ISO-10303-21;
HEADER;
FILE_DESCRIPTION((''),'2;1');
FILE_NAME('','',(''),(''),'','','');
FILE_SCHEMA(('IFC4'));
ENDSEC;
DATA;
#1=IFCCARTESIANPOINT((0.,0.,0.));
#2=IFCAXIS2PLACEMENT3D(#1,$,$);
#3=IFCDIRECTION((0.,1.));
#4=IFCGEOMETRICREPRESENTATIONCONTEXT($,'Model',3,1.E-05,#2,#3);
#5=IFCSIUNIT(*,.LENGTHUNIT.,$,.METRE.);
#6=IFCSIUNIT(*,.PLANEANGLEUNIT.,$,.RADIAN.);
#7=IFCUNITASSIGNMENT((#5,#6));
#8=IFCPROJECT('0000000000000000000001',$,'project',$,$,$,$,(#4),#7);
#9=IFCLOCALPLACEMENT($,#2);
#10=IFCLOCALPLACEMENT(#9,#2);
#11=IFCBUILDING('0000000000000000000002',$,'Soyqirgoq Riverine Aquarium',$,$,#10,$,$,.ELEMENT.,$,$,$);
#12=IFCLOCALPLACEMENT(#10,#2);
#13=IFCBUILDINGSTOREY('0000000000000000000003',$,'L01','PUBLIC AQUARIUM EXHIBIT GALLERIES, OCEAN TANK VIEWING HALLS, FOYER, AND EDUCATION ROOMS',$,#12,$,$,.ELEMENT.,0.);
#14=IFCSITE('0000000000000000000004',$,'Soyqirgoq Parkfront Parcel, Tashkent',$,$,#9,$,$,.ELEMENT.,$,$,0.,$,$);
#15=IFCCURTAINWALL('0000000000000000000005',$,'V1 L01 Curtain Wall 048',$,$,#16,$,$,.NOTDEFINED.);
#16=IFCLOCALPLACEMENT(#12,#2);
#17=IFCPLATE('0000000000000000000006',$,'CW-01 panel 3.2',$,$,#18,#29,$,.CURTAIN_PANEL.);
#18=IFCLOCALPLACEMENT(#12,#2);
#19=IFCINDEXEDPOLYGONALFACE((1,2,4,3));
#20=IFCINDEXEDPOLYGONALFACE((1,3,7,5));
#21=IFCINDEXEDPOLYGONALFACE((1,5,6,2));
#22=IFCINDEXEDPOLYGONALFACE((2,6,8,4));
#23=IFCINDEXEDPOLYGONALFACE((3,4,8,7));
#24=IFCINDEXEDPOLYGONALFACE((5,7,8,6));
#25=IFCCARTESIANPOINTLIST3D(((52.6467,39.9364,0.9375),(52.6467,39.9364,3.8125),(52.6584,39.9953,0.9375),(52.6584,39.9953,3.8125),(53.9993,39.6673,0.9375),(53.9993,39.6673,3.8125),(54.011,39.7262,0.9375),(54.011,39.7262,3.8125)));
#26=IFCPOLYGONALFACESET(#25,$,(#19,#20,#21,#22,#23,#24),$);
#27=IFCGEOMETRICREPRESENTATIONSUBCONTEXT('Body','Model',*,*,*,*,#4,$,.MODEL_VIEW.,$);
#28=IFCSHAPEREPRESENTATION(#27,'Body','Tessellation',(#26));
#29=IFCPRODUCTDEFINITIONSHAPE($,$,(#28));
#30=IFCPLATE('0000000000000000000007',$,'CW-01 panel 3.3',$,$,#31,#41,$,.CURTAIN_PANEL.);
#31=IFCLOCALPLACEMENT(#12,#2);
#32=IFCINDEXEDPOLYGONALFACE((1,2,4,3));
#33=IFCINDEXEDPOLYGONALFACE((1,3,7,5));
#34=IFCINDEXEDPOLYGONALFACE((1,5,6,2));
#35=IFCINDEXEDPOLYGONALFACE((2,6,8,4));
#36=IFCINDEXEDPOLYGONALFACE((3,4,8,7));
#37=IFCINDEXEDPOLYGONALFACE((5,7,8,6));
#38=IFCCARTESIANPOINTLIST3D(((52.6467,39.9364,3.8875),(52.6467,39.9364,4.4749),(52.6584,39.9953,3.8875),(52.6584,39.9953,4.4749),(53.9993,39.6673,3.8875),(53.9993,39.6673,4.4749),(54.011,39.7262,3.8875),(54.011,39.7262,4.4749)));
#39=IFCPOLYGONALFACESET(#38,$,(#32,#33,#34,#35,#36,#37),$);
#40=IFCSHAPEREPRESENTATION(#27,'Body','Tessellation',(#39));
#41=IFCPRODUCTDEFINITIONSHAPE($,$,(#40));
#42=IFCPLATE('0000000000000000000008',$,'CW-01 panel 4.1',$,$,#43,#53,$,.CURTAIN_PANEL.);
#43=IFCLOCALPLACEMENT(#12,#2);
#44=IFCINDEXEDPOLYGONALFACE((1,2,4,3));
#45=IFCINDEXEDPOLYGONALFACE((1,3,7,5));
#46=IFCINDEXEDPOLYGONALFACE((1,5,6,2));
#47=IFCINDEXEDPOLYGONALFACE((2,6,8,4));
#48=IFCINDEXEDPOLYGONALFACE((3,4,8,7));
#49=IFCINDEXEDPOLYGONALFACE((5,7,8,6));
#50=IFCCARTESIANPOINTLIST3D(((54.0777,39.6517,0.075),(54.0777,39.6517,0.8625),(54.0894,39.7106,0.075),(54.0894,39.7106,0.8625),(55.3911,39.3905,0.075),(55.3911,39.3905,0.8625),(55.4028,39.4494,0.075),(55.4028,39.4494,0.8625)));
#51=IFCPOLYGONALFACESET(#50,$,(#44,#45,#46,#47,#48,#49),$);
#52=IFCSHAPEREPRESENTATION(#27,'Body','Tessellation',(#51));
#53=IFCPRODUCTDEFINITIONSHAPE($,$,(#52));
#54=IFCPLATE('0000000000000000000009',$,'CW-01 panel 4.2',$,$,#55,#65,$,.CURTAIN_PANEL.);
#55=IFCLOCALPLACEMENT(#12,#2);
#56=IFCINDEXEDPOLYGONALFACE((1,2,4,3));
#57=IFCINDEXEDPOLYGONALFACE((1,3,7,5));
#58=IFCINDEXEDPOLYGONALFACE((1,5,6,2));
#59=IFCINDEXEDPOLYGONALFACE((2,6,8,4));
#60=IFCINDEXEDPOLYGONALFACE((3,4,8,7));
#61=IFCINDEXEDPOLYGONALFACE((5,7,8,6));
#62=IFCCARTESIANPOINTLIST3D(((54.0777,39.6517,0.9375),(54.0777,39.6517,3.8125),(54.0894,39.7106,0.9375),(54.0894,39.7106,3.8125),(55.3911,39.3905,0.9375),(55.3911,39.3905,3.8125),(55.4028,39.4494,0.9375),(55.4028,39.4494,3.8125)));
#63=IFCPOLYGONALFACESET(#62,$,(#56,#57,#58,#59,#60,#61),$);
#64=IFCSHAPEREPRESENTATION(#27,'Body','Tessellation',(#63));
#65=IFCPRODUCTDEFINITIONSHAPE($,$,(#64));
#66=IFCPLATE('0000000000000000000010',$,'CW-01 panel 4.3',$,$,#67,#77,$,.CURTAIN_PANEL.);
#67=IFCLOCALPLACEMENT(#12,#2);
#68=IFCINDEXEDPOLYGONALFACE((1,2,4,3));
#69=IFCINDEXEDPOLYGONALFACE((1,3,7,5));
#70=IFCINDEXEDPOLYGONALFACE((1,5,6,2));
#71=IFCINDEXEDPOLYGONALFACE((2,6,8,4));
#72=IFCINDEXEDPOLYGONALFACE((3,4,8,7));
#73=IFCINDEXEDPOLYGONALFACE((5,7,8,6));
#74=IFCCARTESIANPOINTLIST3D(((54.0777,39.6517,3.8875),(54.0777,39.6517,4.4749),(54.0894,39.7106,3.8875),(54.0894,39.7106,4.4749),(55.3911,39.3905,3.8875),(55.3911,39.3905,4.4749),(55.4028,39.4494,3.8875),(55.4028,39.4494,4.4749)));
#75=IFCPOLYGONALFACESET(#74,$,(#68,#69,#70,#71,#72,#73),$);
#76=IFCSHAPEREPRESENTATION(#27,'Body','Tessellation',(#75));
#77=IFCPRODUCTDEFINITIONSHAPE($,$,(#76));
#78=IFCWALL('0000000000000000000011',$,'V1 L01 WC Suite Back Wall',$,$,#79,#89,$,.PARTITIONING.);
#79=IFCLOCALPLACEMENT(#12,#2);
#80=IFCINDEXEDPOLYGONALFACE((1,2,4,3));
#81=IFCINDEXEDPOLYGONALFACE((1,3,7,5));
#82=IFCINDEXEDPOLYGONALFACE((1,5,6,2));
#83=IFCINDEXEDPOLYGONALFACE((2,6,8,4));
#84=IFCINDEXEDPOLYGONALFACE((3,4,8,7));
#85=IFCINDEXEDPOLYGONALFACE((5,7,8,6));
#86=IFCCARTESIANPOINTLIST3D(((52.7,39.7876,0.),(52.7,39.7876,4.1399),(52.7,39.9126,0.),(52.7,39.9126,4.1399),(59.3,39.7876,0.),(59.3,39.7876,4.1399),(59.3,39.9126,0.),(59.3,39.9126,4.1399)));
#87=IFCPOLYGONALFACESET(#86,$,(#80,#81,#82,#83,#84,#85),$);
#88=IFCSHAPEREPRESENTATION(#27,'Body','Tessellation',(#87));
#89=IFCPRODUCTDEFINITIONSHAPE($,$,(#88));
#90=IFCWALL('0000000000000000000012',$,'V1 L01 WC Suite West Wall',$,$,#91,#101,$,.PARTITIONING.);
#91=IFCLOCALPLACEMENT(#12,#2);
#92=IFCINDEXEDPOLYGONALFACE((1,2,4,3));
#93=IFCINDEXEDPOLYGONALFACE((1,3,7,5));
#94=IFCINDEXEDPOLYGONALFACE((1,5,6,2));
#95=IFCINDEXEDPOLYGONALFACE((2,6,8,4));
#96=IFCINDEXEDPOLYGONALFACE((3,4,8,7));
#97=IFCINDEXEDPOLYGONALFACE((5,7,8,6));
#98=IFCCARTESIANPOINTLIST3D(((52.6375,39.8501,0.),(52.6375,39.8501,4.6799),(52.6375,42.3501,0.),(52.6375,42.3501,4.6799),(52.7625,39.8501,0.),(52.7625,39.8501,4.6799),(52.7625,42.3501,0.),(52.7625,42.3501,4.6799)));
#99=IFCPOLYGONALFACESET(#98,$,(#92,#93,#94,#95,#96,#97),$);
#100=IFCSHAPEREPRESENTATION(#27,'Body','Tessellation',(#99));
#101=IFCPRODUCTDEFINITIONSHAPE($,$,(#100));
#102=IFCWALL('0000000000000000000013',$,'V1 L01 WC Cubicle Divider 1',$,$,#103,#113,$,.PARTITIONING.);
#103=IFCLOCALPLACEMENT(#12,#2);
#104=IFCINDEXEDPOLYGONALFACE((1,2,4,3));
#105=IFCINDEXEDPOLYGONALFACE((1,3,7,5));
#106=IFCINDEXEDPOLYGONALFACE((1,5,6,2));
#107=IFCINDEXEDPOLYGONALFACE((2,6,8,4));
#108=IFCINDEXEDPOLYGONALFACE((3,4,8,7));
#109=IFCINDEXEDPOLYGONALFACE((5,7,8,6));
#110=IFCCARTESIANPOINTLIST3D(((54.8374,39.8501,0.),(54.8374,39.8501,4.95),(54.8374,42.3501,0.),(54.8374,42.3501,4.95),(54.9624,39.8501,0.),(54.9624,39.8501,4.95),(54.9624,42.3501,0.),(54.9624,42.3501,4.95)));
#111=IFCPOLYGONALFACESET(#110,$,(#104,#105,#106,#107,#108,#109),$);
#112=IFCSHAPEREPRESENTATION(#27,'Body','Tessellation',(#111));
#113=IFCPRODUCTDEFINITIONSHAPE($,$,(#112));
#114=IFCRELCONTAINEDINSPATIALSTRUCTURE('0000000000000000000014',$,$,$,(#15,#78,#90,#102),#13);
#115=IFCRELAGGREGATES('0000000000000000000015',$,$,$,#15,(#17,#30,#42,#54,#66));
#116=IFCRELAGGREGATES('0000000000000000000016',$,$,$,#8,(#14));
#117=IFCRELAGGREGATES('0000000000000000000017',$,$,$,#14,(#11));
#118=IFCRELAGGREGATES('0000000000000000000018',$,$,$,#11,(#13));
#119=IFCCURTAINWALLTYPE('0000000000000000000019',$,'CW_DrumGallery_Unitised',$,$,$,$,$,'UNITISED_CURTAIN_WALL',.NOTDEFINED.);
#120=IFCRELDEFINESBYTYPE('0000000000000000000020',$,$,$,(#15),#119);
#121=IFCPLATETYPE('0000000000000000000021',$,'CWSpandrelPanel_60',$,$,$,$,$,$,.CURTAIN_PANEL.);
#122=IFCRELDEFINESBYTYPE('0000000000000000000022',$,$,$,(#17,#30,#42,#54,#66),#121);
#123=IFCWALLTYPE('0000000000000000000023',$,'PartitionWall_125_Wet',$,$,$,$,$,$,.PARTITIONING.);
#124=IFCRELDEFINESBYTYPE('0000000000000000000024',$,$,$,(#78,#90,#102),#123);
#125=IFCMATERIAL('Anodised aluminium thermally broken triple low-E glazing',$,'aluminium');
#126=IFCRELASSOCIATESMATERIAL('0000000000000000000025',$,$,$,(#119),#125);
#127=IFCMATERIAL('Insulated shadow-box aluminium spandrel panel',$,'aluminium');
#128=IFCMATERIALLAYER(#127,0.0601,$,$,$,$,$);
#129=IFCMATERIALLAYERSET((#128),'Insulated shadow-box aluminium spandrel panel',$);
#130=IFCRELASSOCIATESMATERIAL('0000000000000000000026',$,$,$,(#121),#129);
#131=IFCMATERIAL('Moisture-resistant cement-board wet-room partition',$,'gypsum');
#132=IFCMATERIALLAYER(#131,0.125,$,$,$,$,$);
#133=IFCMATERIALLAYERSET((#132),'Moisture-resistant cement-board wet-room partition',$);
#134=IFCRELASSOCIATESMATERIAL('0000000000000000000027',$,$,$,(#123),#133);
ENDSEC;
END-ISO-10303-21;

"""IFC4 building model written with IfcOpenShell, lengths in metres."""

from ifc_helpers import new_model, si_unit, direction, frame, frame_2d, origin, origin_2d, place, context, subcontext, project, spatial, rectangle, extrude, material, layer, layer_set, type_object, element, aggregate, save


model = new_model("IFC4")

# Units and contexts
model_context = context("Model", 3, precision=1e-05, world=origin(), true_north=direction((0.0, 1.0)))
body_context = subcontext(model_context, "Body", "Model", "MODEL_VIEW")
ifc_project = project(units=[si_unit("LENGTHUNIT", "METRE"), si_unit("PLANEANGLEUNIT", "RADIAN")], contexts=[model_context])

# Site, building, storey
site_placement = place(None, origin())
site = spatial("IfcSite", under=ifc_project, at=site_placement, Name="Soyqirgoq Parkfront Parcel, Tashkent", CompositionType="ELEMENT", RefElevation=0.0)
building_placement = place(site_placement, origin())
building = spatial("IfcBuilding", under=site, at=building_placement, Name="Soyqirgoq Riverine Aquarium", CompositionType="ELEMENT")
storey_placement = place(building_placement, origin())
storey = spatial("IfcBuildingStorey", under=building, at=storey_placement, Name="L01", Description="PUBLIC AQUARIUM EXHIBIT GALLERIES, OCEAN TANK VIEWING HALLS, FOYER, AND EDUCATION ROOMS", CompositionType="ELEMENT", Elevation=0.0)

# Curtain wall
ifc_material_1 = material(Name="Anodised aluminium thermally broken triple low-E glazing", Category="aluminium")
curtain_wall_type = type_object("IfcCurtainWallType", Name="CW_DrumGallery_Unitised", ElementType="UNITISED_CURTAIN_WALL", PredefinedType="NOTDEFINED", material=ifc_material_1)
curtain_wall_1_placement = place(storey_placement, origin())
curtain_wall_1 = element("IfcCurtainWall", 1, at=curtain_wall_1_placement, inside=storey, type_object=curtain_wall_type, Name="V1 L01 Curtain Wall 048", PredefinedType="NOTDEFINED")

# Plates
ifc_material_2 = material(Name="Insulated shadow-box aluminium spandrel panel", Category="aluminium")
ifc_layer_1 = layer(ifc_material_2, 0.0601)
ifc_layer_set_1 = layer_set([ifc_layer_1], Name="Insulated shadow-box aluminium spandrel panel")
plate_type = type_object("IfcPlateType", Name="CWSpandrelPanel_60", PredefinedType="CURTAIN_PANEL", material=ifc_layer_set_1)
plate_1_placement = place(storey_placement, frame((53.3289, 39.8313, 0.9375), z_axis=(0.0, 0.0, 1.0), x_axis=(0.980788, -0.195075, 0.0)))
plate_1 = element("IfcPlate", 2, at=plate_1_placement, type_object=plate_type, Name="CW-01 panel 3.2", PredefinedType="CURTAIN_PANEL", context=body_context, shape_type="SweptSolid", body=[
    extrude(rectangle(XDim=1.3792, YDim=0.0601, at=origin_2d()), origin(), (0.0, 0.0, 1.0), 2.875),
])
plate_2_placement = place(storey_placement, frame((53.3289, 39.8313, 3.8875), z_axis=(0.0, 0.0, 1.0), x_axis=(0.980788, -0.195075, 0.0)))
plate_2 = element("IfcPlate", 3, at=plate_2_placement, type_object=plate_type, Name="CW-01 panel 3.3", PredefinedType="CURTAIN_PANEL", context=body_context, shape_type="SweptSolid", body=[
    extrude(rectangle(XDim=1.3792, YDim=0.0601, at=origin_2d()), origin(), (0.0, 0.0, 1.0), 0.5874),
])
plate_3_placement = place(storey_placement, frame((54.7402, 39.5505, 0.075), z_axis=(0.0, 0.0, 1.0), x_axis=(0.980788, -0.195075, 0.0)))
plate_3 = element("IfcPlate", 4, at=plate_3_placement, type_object=plate_type, Name="CW-01 panel 4.1", PredefinedType="CURTAIN_PANEL", context=body_context, shape_type="SweptSolid", body=[
    extrude(rectangle(XDim=1.3391, YDim=0.0601, at=origin_2d()), origin(), (0.0, 0.0, 1.0), 0.7876),
])
plate_4_placement = place(storey_placement, frame((54.7402, 39.5505, 0.9375), z_axis=(0.0, 0.0, 1.0), x_axis=(0.980788, -0.195075, 0.0)))
plate_4 = element("IfcPlate", 5, at=plate_4_placement, type_object=plate_type, Name="CW-01 panel 4.2", PredefinedType="CURTAIN_PANEL", context=body_context, shape_type="SweptSolid", body=[
    extrude(rectangle(XDim=1.3391, YDim=0.0601, at=origin_2d()), origin(), (0.0, 0.0, 1.0), 2.875),
])
plate_5_placement = place(storey_placement, frame((54.7402, 39.5505, 3.8875), z_axis=(0.0, 0.0, 1.0), x_axis=(0.980788, -0.195075, 0.0)))
plate_5 = element("IfcPlate", 6, at=plate_5_placement, type_object=plate_type, Name="CW-01 panel 4.3", PredefinedType="CURTAIN_PANEL", context=body_context, shape_type="SweptSolid", body=[
    extrude(rectangle(XDim=1.3391, YDim=0.0601, at=origin_2d()), origin(), (0.0, 0.0, 1.0), 0.5874),
])
aggregate(curtain_wall_1, [plate_1, plate_2, plate_3, plate_4, plate_5])

# Walls
ifc_material_3 = material(Name="Moisture-resistant cement-board wet-room partition", Category="gypsum")
ifc_layer_2 = layer(ifc_material_3, 0.125)
ifc_layer_set_2 = layer_set([ifc_layer_2], Name="Moisture-resistant cement-board wet-room partition")
wall_type = type_object("IfcWallType", Name="PartitionWall_125_Wet", PredefinedType="PARTITIONING", material=ifc_layer_set_2)
wall_1_placement = place(storey_placement, frame((52.7, 39.8501, 0.0), z_axis=(0.0, 0.0, 1.0), x_axis=(1.0, 0.0, 0.0)))
element("IfcWall", 7, at=wall_1_placement, inside=storey, type_object=wall_type, Name="V1 L01 WC Suite Back Wall", PredefinedType="PARTITIONING", context=body_context, shape_type="SweptSolid", body=[
    extrude(rectangle(XDim=6.6001, YDim=0.125, at=frame_2d((3.3, 0.0))), origin(), (0.0, 0.0, 1.0), 4.1399),
])
wall_2_placement = place(storey_placement, frame((52.7, 39.8501, 0.0), z_axis=(0.0, 0.0, 1.0), x_axis=(0.0, 1.0, 0.0)))
element("IfcWall", 8, at=wall_2_placement, inside=storey, type_object=wall_type, Name="V1 L01 WC Suite West Wall", PredefinedType="PARTITIONING", context=body_context, shape_type="SweptSolid", body=[
    extrude(rectangle(XDim=2.5, YDim=0.125, at=frame_2d((1.25, 0.0))), origin(), (0.0, 0.0, 1.0), 4.6799),
])
wall_3_placement = place(storey_placement, frame((54.8999, 39.8501, 0.0), z_axis=(0.0, 0.0, 1.0), x_axis=(0.0, 1.0, 0.0)))
element("IfcWall", 9, at=wall_3_placement, inside=storey, type_object=wall_type, Name="V1 L01 WC Cubicle Divider 1", PredefinedType="PARTITIONING", context=body_context, shape_type="SweptSolid", body=[
    extrude(rectangle(XDim=2.5, YDim=0.125, at=frame_2d((1.25, 0.0))), origin(), (0.0, 0.0, 1.0), 4.95),
])

save(model, "model.ifc")
